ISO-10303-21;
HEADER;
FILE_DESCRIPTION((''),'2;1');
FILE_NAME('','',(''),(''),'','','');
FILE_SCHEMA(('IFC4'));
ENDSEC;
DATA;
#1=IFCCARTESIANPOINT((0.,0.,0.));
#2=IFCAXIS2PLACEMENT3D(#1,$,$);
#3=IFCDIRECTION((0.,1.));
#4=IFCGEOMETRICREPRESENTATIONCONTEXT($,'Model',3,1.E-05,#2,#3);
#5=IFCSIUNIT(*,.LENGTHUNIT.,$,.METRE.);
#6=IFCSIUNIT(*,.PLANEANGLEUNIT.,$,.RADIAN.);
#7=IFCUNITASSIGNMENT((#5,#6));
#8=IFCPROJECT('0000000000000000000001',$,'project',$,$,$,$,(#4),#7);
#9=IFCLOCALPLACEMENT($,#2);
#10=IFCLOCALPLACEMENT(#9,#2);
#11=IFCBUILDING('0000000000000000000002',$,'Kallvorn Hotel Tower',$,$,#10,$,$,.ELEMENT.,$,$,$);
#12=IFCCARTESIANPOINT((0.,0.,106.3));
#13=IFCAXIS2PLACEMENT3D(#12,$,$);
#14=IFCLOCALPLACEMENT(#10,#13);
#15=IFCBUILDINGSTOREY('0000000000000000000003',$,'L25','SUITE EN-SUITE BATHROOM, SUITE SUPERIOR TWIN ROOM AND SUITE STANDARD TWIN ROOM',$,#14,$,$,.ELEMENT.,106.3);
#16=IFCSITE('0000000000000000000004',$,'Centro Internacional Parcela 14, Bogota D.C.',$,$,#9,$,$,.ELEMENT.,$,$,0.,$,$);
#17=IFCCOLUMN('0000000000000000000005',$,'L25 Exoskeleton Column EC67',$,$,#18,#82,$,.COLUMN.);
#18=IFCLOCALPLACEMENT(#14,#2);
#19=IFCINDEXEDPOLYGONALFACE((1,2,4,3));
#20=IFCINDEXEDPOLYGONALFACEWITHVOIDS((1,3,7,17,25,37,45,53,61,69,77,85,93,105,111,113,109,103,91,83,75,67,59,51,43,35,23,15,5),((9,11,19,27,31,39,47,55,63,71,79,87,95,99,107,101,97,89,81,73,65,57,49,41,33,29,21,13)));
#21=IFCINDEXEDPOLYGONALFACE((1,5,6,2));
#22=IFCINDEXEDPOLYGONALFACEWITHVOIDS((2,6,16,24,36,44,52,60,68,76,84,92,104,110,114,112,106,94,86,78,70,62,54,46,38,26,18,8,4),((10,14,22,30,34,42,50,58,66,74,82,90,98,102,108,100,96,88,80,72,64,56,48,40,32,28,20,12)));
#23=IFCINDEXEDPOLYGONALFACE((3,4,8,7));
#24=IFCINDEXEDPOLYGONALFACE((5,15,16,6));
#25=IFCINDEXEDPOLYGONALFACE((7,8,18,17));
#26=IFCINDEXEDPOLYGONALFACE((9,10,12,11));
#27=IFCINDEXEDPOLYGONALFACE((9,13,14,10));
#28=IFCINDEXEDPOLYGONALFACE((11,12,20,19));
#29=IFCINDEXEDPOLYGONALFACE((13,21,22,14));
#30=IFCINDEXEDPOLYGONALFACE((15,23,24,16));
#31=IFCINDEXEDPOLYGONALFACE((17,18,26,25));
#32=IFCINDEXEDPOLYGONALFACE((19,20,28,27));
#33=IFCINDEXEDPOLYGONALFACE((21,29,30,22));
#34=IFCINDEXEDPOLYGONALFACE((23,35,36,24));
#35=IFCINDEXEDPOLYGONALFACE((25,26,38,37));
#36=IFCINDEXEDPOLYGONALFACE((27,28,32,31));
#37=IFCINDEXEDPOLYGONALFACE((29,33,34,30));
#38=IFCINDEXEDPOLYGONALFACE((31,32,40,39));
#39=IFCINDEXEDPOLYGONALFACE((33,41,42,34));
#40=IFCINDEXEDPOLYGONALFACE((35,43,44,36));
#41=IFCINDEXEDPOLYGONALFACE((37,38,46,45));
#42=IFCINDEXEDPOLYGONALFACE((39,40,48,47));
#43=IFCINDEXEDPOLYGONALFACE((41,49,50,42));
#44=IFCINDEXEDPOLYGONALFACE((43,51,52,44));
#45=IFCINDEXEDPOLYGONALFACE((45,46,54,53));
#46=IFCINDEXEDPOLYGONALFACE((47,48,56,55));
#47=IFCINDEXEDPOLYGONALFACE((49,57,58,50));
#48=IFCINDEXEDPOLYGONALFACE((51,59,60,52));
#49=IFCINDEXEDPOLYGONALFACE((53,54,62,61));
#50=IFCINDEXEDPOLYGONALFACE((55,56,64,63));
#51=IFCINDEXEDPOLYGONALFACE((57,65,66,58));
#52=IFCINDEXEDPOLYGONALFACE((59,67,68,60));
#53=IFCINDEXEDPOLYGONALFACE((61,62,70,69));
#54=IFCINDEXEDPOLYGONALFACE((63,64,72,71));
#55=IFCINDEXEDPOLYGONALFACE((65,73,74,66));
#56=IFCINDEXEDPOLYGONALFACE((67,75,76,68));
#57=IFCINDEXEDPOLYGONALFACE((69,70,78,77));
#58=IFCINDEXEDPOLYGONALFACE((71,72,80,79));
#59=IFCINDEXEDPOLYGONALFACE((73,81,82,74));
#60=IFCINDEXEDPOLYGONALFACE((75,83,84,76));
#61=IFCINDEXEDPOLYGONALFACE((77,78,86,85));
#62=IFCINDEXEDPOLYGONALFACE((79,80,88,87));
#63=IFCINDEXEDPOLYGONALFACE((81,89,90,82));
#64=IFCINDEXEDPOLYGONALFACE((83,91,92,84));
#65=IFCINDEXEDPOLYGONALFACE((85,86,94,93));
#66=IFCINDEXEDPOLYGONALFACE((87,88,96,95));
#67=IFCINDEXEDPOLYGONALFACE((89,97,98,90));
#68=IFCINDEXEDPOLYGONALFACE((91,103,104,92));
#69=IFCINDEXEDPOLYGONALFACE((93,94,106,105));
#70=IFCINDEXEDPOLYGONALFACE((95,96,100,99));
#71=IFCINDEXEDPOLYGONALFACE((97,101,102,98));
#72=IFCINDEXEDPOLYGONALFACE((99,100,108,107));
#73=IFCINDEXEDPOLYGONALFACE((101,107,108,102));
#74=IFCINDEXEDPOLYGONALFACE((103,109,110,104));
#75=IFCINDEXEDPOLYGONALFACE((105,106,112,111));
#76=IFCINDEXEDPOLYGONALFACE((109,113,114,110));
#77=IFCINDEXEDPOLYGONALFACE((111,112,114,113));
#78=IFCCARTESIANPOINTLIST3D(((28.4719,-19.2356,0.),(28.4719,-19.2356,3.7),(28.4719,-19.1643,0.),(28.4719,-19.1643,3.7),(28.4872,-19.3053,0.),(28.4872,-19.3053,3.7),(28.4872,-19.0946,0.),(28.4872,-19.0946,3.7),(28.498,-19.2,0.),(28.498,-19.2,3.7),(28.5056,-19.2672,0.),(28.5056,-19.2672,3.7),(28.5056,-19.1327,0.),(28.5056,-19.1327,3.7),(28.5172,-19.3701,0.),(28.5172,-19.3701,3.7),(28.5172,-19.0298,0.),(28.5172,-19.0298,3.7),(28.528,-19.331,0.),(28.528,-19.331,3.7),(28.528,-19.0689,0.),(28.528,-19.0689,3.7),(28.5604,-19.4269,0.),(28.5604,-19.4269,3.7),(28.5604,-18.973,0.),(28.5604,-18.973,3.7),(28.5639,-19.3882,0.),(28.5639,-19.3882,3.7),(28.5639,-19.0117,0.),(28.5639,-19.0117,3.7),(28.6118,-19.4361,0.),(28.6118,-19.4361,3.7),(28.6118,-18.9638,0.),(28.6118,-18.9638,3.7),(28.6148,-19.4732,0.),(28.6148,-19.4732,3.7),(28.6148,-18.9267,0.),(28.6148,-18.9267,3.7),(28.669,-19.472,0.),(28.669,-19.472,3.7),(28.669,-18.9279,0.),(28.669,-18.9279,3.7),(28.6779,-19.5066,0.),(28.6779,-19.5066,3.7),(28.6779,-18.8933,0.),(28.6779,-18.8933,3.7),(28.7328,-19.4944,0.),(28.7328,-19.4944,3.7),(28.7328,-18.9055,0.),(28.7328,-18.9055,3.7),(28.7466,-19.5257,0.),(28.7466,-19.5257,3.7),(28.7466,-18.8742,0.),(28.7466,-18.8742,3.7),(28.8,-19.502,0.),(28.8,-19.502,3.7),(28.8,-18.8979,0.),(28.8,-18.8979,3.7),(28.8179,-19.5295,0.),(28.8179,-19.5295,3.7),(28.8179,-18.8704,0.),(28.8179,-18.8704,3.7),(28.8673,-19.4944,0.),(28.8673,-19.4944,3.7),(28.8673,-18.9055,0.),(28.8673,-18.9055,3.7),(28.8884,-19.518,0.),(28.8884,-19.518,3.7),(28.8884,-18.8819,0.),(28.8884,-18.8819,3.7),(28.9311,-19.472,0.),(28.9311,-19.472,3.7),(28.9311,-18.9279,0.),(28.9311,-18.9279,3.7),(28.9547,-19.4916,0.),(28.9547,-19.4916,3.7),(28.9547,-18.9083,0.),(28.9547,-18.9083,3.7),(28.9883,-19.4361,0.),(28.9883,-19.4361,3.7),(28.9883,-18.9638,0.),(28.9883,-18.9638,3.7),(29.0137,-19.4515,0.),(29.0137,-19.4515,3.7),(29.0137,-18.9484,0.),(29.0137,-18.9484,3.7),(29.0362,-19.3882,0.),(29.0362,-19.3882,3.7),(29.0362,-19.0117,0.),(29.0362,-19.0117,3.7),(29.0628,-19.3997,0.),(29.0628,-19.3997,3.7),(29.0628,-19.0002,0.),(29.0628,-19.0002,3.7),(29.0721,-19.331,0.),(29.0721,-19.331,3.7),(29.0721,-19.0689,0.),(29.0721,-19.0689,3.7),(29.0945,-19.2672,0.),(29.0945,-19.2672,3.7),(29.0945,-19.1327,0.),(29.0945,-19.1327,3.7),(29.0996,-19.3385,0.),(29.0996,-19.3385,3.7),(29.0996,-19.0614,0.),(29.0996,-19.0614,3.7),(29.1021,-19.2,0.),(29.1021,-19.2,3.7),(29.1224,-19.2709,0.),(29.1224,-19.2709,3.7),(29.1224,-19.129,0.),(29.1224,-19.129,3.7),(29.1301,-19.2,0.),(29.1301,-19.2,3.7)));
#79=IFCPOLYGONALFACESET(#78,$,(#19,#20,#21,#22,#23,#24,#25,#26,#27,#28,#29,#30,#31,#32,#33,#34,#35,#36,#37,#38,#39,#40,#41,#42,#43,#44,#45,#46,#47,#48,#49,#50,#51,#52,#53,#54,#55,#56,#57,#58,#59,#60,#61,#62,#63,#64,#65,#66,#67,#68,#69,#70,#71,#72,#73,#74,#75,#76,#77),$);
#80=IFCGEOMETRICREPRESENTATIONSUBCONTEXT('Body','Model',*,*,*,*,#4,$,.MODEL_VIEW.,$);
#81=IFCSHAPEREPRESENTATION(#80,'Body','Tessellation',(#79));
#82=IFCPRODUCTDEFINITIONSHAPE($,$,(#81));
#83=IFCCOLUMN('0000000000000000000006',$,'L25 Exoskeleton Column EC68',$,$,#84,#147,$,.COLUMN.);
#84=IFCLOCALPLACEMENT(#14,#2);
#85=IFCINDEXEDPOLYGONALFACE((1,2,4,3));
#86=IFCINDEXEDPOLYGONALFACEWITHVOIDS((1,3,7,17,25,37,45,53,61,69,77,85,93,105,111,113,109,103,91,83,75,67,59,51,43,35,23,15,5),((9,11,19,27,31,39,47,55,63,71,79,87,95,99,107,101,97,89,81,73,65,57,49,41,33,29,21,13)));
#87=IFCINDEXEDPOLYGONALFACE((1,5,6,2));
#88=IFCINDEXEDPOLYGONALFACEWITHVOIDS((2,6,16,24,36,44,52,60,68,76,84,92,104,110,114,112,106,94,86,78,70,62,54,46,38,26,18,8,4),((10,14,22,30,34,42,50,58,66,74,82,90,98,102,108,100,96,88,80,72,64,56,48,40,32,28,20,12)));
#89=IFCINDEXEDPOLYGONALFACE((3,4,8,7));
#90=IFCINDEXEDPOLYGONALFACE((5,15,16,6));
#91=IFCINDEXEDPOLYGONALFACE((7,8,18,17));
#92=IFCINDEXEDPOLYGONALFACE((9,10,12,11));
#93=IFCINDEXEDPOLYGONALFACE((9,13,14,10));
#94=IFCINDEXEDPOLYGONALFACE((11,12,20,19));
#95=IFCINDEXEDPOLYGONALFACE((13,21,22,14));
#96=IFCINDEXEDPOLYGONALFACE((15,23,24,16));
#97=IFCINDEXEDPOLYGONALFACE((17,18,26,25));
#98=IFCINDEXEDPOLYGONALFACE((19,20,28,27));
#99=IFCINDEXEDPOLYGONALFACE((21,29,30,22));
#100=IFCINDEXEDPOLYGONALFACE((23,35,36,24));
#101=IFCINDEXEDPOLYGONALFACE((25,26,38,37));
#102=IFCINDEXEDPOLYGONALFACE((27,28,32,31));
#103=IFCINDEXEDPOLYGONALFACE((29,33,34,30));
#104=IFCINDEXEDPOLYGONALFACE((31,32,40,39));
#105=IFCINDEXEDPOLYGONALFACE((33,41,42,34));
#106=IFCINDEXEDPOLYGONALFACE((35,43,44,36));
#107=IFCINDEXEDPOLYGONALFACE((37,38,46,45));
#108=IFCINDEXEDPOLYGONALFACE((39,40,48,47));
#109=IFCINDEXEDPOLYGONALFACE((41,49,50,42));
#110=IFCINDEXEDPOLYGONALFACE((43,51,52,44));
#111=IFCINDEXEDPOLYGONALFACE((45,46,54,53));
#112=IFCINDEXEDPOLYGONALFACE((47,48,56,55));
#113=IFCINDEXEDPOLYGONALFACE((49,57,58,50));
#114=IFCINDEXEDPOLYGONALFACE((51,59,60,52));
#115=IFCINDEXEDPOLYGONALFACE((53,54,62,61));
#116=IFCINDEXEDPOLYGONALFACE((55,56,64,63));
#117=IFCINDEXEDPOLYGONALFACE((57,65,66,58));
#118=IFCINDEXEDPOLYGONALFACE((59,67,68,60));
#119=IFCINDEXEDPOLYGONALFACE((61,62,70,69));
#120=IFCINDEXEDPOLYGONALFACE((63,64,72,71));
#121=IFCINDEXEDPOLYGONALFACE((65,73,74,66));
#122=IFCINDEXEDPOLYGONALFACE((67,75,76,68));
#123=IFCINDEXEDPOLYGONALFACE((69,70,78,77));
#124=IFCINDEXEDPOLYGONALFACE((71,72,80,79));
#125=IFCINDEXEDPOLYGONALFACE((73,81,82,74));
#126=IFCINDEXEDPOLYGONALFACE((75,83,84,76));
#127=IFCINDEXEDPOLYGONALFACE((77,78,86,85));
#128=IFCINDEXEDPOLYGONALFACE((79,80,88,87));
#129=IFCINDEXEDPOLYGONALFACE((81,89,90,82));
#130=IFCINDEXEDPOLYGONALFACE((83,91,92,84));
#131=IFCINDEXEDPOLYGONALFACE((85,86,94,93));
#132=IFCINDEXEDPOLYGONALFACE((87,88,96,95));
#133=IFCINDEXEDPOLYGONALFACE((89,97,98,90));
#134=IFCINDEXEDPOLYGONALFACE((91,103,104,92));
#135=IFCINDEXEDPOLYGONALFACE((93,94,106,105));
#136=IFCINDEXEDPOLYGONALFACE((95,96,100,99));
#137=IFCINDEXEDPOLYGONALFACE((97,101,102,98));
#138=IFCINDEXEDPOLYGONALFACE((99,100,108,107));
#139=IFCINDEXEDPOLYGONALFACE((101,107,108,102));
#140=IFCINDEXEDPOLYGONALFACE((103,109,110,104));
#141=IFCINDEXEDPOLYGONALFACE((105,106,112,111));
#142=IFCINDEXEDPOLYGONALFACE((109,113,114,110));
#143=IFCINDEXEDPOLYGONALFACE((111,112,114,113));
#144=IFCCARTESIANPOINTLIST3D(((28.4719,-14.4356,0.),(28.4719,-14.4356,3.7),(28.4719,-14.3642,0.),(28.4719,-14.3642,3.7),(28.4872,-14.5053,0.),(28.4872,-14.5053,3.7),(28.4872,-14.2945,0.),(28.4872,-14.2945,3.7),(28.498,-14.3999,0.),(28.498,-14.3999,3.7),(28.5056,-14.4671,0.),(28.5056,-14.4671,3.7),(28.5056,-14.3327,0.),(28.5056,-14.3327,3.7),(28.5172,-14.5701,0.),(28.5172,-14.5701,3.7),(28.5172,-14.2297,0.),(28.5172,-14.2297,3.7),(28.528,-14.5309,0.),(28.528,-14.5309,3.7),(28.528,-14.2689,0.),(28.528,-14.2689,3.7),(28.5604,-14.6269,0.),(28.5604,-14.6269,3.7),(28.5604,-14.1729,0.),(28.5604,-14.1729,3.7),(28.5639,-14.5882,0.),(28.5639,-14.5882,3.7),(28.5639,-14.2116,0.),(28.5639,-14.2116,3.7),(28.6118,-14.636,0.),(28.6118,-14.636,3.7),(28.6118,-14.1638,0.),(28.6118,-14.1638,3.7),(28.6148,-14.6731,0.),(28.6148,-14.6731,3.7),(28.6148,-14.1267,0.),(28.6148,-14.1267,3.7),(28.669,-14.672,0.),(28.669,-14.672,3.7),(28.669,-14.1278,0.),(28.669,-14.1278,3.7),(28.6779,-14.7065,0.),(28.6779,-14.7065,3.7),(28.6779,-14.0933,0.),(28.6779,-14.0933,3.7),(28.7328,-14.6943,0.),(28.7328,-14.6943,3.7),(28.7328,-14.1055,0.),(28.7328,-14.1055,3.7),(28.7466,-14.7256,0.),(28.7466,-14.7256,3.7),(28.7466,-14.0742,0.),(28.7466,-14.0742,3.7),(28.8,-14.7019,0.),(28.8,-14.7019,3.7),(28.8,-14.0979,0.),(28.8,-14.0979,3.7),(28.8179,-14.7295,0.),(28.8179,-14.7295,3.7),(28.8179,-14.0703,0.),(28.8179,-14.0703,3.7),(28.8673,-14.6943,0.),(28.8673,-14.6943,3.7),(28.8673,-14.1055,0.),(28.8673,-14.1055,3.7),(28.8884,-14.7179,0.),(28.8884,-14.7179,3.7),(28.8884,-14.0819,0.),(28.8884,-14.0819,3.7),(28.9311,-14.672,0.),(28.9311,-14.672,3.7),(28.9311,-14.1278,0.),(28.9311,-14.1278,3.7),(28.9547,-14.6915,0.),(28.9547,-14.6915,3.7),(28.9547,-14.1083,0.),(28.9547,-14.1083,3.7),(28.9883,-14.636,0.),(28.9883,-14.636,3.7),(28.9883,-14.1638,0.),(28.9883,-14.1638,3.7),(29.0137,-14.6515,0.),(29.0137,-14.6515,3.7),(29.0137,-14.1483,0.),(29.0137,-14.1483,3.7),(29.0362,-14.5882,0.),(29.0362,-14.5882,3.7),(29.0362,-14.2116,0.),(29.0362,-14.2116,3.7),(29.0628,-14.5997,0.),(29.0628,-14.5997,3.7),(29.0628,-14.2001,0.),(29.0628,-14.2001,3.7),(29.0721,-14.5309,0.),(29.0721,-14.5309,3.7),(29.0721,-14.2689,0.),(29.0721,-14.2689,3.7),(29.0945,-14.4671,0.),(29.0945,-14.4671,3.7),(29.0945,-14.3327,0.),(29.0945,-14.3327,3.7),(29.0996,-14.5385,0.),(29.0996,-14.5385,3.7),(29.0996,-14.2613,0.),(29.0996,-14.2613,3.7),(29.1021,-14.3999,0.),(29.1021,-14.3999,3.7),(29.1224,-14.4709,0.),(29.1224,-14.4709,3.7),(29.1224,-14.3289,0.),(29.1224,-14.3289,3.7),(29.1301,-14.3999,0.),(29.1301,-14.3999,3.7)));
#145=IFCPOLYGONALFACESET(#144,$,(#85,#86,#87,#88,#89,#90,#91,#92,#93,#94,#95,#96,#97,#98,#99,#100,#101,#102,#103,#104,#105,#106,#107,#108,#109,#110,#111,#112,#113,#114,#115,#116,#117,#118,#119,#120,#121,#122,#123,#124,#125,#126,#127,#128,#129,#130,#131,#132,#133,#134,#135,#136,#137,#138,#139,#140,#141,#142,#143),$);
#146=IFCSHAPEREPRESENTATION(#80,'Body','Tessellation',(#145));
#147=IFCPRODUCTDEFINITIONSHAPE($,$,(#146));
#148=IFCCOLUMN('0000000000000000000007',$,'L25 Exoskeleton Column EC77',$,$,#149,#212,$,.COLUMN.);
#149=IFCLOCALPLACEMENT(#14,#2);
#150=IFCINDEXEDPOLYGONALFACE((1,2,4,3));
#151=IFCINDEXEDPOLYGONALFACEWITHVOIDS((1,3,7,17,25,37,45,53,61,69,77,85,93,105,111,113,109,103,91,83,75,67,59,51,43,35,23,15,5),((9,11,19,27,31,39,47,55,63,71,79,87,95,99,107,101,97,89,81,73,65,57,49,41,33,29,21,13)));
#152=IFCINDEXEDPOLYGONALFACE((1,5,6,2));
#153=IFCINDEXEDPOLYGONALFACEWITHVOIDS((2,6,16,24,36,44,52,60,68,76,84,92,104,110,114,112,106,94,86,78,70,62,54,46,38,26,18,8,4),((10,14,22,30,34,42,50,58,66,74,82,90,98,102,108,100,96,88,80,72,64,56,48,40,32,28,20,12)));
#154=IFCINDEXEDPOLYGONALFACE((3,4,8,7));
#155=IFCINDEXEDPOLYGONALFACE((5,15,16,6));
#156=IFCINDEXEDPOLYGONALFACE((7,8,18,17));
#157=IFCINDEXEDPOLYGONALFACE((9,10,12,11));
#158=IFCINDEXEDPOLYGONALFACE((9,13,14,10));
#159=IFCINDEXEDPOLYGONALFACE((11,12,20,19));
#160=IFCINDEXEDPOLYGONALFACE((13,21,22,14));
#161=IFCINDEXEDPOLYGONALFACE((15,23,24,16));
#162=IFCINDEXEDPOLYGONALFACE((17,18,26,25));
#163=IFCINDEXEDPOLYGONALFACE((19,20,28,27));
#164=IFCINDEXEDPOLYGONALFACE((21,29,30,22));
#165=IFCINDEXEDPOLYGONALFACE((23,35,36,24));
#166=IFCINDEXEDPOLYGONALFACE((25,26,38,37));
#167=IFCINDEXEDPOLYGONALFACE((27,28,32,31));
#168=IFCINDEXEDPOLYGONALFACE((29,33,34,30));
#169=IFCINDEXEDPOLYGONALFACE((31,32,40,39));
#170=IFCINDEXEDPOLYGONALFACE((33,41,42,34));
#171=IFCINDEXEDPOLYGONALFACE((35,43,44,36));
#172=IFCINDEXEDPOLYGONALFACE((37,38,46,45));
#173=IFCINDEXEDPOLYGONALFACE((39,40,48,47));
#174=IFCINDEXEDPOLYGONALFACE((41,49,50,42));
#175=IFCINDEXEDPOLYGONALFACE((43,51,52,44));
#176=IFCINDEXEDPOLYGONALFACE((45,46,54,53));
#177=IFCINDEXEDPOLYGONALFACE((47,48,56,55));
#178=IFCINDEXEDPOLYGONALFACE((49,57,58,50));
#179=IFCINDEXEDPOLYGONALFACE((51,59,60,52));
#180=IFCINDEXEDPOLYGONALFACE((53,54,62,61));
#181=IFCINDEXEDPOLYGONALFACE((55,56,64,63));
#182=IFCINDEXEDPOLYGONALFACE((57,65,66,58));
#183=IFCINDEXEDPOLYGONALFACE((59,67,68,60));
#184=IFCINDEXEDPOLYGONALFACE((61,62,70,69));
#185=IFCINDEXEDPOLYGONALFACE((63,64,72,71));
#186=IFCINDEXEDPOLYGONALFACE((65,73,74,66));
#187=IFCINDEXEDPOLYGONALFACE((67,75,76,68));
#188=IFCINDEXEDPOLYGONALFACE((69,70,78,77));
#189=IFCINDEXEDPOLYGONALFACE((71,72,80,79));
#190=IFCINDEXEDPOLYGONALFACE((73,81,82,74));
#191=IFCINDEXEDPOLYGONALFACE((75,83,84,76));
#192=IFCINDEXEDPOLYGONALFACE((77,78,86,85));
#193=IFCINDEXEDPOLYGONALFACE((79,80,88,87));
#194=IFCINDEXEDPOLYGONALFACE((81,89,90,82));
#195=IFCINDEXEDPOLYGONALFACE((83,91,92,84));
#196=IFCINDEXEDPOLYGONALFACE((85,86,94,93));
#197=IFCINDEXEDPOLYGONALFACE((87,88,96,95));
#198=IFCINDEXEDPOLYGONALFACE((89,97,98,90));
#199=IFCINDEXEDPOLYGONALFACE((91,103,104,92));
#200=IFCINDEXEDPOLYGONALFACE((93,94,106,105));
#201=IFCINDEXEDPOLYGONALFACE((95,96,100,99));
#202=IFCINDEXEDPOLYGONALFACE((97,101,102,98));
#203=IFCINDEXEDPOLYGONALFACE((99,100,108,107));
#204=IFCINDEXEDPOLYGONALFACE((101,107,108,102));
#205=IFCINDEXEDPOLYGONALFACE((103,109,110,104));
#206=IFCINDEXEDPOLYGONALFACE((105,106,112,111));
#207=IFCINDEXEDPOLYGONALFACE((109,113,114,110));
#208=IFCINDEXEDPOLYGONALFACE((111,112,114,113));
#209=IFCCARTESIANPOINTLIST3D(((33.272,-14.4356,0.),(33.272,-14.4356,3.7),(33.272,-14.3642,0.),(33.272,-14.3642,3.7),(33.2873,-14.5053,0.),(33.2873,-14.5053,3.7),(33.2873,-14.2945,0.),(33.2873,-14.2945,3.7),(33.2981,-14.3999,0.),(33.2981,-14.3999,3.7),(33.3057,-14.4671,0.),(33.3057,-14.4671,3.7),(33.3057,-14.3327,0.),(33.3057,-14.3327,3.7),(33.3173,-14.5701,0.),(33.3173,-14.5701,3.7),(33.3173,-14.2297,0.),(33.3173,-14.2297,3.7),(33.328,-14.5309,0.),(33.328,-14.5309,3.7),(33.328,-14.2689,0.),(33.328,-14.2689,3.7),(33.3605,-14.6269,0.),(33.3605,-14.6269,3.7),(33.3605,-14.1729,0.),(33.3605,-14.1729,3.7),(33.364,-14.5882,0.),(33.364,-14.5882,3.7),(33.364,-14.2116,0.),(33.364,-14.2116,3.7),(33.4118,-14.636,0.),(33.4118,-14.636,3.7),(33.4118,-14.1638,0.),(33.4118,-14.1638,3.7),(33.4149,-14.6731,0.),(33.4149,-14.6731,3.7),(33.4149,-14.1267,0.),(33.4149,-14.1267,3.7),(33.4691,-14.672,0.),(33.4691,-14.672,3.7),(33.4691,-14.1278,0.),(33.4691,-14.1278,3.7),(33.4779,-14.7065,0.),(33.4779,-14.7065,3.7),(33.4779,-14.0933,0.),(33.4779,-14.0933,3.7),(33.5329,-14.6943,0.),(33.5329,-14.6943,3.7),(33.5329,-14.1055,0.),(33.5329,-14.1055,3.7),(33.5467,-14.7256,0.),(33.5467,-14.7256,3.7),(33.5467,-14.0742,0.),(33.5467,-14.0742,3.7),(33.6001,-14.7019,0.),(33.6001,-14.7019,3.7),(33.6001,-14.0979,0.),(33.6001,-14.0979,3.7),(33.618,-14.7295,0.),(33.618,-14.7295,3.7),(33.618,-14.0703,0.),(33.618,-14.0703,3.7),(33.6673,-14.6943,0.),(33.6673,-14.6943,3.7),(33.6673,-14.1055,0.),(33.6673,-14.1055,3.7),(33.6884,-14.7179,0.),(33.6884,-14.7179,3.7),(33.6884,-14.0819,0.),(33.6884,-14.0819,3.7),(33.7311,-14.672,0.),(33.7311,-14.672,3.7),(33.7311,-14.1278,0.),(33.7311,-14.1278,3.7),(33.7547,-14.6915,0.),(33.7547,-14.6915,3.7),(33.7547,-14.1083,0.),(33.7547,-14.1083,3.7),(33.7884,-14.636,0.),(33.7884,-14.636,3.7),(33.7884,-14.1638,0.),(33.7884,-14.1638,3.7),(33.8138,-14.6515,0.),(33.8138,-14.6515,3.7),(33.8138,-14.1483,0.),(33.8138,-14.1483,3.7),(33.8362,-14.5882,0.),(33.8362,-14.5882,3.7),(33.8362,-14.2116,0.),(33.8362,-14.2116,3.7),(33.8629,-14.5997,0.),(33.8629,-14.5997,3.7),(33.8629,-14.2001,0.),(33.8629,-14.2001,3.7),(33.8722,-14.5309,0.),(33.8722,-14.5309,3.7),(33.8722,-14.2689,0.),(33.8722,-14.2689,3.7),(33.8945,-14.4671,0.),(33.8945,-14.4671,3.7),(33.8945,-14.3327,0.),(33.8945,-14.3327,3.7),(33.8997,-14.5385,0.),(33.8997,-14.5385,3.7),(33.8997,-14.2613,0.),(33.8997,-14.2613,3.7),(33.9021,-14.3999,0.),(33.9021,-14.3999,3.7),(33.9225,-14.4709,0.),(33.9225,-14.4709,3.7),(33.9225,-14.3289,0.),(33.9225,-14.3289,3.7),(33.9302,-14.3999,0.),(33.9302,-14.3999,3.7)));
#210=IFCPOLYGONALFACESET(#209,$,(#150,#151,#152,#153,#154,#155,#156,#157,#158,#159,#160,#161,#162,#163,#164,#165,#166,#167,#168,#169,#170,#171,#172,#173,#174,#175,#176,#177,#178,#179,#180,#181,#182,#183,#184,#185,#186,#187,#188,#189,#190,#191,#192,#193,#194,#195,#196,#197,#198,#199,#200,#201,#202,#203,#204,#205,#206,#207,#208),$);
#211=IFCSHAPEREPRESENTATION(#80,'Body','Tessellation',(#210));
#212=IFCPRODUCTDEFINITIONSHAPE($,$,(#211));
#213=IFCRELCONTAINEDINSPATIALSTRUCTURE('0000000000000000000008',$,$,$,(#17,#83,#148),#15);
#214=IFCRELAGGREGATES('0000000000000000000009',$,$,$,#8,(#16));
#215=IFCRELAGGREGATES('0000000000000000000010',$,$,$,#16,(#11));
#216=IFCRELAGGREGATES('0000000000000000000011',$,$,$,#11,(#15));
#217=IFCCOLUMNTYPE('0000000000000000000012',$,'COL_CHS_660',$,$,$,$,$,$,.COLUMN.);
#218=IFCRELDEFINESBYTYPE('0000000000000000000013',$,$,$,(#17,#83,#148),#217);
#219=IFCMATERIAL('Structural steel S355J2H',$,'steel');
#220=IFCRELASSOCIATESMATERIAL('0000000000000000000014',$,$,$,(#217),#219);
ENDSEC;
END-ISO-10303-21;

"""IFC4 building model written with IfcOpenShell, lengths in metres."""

from ifc_helpers import new_model, si_unit, direction, frame, origin, origin_2d, place, context, subcontext, project, spatial, hollow_circle, extrude, material, material_profile, profile_set, type_object, element, save


model = new_model("IFC4")

# Units and contexts
model_context = context("Model", 3, precision=1e-05, world=origin(), true_north=direction((0.0, 1.0)))
body_context = subcontext(model_context, "Body", "Model", "MODEL_VIEW")
ifc_project = project(units=[si_unit("LENGTHUNIT", "METRE"), si_unit("PLANEANGLEUNIT", "RADIAN")], contexts=[model_context])

# Site, building, storey
site_placement = place(None, origin())
site = spatial("IfcSite", under=ifc_project, at=site_placement, Name="Centro Internacional Parcela 14, Bogota D.C.", CompositionType="ELEMENT", RefElevation=0.0)
building_placement = place(site_placement, origin())
building = spatial("IfcBuilding", under=site, at=building_placement, Name="Kallvorn Hotel Tower", CompositionType="ELEMENT")
storey_placement = place(building_placement, frame((0.0, 0.0, 106.3)))
storey = spatial("IfcBuildingStorey", under=building, at=storey_placement, Name="L25", Description="SUITE EN-SUITE BATHROOM, SUITE SUPERIOR TWIN ROOM AND SUITE STANDARD TWIN ROOM", CompositionType="ELEMENT", Elevation=106.3)

# Columns
ifc_material_1 = material(Name="Structural steel S355J2H", Category="steel")
ifc_material_profile_1 = material_profile(ifc_material_1, hollow_circle(Radius=0.3301, WallThickness=0.0281, at=origin_2d()), Name="CHS 660x28")
ifc_profile_set_1 = profile_set([ifc_material_profile_1], Name="Structural steel S355J2H")
column_type_1 = type_object("IfcColumnType", Name="COL_CHS_660", PredefinedType="COLUMN", material=ifc_profile_set_1)
for number, where, z_axis, x_axis, name in (
    (1, (28.8, -19.2, 0.0), (0.0, 0.0, 1.0), (1.0, 0.0, 0.0), "L25 Exoskeleton Column EC67"),
    (2, (28.8, -14.3999, 0.0), (0.0, 0.0, 1.0), (1.0, 0.0, 0.0), "L25 Exoskeleton Column EC68"),
    (3, (33.6001, -14.3999, 0.0), (0.0, 0.0, 1.0), (1.0, 0.0, 0.0), "L25 Exoskeleton Column EC77"),
):
    element("IfcColumn", number, at=place(storey_placement, frame(where, z_axis=z_axis, x_axis=x_axis)), inside=storey, type_object=column_type_1, Name=name, PredefinedType="COLUMN", context=body_context, shape_type="SweptSolid", body=[
        extrude(hollow_circle(Radius=0.3301, WallThickness=0.0281, at=origin_2d()), origin(), (0.0, 0.0, 1.0), 3.7),
    ])

save(model, "model.ifc")
